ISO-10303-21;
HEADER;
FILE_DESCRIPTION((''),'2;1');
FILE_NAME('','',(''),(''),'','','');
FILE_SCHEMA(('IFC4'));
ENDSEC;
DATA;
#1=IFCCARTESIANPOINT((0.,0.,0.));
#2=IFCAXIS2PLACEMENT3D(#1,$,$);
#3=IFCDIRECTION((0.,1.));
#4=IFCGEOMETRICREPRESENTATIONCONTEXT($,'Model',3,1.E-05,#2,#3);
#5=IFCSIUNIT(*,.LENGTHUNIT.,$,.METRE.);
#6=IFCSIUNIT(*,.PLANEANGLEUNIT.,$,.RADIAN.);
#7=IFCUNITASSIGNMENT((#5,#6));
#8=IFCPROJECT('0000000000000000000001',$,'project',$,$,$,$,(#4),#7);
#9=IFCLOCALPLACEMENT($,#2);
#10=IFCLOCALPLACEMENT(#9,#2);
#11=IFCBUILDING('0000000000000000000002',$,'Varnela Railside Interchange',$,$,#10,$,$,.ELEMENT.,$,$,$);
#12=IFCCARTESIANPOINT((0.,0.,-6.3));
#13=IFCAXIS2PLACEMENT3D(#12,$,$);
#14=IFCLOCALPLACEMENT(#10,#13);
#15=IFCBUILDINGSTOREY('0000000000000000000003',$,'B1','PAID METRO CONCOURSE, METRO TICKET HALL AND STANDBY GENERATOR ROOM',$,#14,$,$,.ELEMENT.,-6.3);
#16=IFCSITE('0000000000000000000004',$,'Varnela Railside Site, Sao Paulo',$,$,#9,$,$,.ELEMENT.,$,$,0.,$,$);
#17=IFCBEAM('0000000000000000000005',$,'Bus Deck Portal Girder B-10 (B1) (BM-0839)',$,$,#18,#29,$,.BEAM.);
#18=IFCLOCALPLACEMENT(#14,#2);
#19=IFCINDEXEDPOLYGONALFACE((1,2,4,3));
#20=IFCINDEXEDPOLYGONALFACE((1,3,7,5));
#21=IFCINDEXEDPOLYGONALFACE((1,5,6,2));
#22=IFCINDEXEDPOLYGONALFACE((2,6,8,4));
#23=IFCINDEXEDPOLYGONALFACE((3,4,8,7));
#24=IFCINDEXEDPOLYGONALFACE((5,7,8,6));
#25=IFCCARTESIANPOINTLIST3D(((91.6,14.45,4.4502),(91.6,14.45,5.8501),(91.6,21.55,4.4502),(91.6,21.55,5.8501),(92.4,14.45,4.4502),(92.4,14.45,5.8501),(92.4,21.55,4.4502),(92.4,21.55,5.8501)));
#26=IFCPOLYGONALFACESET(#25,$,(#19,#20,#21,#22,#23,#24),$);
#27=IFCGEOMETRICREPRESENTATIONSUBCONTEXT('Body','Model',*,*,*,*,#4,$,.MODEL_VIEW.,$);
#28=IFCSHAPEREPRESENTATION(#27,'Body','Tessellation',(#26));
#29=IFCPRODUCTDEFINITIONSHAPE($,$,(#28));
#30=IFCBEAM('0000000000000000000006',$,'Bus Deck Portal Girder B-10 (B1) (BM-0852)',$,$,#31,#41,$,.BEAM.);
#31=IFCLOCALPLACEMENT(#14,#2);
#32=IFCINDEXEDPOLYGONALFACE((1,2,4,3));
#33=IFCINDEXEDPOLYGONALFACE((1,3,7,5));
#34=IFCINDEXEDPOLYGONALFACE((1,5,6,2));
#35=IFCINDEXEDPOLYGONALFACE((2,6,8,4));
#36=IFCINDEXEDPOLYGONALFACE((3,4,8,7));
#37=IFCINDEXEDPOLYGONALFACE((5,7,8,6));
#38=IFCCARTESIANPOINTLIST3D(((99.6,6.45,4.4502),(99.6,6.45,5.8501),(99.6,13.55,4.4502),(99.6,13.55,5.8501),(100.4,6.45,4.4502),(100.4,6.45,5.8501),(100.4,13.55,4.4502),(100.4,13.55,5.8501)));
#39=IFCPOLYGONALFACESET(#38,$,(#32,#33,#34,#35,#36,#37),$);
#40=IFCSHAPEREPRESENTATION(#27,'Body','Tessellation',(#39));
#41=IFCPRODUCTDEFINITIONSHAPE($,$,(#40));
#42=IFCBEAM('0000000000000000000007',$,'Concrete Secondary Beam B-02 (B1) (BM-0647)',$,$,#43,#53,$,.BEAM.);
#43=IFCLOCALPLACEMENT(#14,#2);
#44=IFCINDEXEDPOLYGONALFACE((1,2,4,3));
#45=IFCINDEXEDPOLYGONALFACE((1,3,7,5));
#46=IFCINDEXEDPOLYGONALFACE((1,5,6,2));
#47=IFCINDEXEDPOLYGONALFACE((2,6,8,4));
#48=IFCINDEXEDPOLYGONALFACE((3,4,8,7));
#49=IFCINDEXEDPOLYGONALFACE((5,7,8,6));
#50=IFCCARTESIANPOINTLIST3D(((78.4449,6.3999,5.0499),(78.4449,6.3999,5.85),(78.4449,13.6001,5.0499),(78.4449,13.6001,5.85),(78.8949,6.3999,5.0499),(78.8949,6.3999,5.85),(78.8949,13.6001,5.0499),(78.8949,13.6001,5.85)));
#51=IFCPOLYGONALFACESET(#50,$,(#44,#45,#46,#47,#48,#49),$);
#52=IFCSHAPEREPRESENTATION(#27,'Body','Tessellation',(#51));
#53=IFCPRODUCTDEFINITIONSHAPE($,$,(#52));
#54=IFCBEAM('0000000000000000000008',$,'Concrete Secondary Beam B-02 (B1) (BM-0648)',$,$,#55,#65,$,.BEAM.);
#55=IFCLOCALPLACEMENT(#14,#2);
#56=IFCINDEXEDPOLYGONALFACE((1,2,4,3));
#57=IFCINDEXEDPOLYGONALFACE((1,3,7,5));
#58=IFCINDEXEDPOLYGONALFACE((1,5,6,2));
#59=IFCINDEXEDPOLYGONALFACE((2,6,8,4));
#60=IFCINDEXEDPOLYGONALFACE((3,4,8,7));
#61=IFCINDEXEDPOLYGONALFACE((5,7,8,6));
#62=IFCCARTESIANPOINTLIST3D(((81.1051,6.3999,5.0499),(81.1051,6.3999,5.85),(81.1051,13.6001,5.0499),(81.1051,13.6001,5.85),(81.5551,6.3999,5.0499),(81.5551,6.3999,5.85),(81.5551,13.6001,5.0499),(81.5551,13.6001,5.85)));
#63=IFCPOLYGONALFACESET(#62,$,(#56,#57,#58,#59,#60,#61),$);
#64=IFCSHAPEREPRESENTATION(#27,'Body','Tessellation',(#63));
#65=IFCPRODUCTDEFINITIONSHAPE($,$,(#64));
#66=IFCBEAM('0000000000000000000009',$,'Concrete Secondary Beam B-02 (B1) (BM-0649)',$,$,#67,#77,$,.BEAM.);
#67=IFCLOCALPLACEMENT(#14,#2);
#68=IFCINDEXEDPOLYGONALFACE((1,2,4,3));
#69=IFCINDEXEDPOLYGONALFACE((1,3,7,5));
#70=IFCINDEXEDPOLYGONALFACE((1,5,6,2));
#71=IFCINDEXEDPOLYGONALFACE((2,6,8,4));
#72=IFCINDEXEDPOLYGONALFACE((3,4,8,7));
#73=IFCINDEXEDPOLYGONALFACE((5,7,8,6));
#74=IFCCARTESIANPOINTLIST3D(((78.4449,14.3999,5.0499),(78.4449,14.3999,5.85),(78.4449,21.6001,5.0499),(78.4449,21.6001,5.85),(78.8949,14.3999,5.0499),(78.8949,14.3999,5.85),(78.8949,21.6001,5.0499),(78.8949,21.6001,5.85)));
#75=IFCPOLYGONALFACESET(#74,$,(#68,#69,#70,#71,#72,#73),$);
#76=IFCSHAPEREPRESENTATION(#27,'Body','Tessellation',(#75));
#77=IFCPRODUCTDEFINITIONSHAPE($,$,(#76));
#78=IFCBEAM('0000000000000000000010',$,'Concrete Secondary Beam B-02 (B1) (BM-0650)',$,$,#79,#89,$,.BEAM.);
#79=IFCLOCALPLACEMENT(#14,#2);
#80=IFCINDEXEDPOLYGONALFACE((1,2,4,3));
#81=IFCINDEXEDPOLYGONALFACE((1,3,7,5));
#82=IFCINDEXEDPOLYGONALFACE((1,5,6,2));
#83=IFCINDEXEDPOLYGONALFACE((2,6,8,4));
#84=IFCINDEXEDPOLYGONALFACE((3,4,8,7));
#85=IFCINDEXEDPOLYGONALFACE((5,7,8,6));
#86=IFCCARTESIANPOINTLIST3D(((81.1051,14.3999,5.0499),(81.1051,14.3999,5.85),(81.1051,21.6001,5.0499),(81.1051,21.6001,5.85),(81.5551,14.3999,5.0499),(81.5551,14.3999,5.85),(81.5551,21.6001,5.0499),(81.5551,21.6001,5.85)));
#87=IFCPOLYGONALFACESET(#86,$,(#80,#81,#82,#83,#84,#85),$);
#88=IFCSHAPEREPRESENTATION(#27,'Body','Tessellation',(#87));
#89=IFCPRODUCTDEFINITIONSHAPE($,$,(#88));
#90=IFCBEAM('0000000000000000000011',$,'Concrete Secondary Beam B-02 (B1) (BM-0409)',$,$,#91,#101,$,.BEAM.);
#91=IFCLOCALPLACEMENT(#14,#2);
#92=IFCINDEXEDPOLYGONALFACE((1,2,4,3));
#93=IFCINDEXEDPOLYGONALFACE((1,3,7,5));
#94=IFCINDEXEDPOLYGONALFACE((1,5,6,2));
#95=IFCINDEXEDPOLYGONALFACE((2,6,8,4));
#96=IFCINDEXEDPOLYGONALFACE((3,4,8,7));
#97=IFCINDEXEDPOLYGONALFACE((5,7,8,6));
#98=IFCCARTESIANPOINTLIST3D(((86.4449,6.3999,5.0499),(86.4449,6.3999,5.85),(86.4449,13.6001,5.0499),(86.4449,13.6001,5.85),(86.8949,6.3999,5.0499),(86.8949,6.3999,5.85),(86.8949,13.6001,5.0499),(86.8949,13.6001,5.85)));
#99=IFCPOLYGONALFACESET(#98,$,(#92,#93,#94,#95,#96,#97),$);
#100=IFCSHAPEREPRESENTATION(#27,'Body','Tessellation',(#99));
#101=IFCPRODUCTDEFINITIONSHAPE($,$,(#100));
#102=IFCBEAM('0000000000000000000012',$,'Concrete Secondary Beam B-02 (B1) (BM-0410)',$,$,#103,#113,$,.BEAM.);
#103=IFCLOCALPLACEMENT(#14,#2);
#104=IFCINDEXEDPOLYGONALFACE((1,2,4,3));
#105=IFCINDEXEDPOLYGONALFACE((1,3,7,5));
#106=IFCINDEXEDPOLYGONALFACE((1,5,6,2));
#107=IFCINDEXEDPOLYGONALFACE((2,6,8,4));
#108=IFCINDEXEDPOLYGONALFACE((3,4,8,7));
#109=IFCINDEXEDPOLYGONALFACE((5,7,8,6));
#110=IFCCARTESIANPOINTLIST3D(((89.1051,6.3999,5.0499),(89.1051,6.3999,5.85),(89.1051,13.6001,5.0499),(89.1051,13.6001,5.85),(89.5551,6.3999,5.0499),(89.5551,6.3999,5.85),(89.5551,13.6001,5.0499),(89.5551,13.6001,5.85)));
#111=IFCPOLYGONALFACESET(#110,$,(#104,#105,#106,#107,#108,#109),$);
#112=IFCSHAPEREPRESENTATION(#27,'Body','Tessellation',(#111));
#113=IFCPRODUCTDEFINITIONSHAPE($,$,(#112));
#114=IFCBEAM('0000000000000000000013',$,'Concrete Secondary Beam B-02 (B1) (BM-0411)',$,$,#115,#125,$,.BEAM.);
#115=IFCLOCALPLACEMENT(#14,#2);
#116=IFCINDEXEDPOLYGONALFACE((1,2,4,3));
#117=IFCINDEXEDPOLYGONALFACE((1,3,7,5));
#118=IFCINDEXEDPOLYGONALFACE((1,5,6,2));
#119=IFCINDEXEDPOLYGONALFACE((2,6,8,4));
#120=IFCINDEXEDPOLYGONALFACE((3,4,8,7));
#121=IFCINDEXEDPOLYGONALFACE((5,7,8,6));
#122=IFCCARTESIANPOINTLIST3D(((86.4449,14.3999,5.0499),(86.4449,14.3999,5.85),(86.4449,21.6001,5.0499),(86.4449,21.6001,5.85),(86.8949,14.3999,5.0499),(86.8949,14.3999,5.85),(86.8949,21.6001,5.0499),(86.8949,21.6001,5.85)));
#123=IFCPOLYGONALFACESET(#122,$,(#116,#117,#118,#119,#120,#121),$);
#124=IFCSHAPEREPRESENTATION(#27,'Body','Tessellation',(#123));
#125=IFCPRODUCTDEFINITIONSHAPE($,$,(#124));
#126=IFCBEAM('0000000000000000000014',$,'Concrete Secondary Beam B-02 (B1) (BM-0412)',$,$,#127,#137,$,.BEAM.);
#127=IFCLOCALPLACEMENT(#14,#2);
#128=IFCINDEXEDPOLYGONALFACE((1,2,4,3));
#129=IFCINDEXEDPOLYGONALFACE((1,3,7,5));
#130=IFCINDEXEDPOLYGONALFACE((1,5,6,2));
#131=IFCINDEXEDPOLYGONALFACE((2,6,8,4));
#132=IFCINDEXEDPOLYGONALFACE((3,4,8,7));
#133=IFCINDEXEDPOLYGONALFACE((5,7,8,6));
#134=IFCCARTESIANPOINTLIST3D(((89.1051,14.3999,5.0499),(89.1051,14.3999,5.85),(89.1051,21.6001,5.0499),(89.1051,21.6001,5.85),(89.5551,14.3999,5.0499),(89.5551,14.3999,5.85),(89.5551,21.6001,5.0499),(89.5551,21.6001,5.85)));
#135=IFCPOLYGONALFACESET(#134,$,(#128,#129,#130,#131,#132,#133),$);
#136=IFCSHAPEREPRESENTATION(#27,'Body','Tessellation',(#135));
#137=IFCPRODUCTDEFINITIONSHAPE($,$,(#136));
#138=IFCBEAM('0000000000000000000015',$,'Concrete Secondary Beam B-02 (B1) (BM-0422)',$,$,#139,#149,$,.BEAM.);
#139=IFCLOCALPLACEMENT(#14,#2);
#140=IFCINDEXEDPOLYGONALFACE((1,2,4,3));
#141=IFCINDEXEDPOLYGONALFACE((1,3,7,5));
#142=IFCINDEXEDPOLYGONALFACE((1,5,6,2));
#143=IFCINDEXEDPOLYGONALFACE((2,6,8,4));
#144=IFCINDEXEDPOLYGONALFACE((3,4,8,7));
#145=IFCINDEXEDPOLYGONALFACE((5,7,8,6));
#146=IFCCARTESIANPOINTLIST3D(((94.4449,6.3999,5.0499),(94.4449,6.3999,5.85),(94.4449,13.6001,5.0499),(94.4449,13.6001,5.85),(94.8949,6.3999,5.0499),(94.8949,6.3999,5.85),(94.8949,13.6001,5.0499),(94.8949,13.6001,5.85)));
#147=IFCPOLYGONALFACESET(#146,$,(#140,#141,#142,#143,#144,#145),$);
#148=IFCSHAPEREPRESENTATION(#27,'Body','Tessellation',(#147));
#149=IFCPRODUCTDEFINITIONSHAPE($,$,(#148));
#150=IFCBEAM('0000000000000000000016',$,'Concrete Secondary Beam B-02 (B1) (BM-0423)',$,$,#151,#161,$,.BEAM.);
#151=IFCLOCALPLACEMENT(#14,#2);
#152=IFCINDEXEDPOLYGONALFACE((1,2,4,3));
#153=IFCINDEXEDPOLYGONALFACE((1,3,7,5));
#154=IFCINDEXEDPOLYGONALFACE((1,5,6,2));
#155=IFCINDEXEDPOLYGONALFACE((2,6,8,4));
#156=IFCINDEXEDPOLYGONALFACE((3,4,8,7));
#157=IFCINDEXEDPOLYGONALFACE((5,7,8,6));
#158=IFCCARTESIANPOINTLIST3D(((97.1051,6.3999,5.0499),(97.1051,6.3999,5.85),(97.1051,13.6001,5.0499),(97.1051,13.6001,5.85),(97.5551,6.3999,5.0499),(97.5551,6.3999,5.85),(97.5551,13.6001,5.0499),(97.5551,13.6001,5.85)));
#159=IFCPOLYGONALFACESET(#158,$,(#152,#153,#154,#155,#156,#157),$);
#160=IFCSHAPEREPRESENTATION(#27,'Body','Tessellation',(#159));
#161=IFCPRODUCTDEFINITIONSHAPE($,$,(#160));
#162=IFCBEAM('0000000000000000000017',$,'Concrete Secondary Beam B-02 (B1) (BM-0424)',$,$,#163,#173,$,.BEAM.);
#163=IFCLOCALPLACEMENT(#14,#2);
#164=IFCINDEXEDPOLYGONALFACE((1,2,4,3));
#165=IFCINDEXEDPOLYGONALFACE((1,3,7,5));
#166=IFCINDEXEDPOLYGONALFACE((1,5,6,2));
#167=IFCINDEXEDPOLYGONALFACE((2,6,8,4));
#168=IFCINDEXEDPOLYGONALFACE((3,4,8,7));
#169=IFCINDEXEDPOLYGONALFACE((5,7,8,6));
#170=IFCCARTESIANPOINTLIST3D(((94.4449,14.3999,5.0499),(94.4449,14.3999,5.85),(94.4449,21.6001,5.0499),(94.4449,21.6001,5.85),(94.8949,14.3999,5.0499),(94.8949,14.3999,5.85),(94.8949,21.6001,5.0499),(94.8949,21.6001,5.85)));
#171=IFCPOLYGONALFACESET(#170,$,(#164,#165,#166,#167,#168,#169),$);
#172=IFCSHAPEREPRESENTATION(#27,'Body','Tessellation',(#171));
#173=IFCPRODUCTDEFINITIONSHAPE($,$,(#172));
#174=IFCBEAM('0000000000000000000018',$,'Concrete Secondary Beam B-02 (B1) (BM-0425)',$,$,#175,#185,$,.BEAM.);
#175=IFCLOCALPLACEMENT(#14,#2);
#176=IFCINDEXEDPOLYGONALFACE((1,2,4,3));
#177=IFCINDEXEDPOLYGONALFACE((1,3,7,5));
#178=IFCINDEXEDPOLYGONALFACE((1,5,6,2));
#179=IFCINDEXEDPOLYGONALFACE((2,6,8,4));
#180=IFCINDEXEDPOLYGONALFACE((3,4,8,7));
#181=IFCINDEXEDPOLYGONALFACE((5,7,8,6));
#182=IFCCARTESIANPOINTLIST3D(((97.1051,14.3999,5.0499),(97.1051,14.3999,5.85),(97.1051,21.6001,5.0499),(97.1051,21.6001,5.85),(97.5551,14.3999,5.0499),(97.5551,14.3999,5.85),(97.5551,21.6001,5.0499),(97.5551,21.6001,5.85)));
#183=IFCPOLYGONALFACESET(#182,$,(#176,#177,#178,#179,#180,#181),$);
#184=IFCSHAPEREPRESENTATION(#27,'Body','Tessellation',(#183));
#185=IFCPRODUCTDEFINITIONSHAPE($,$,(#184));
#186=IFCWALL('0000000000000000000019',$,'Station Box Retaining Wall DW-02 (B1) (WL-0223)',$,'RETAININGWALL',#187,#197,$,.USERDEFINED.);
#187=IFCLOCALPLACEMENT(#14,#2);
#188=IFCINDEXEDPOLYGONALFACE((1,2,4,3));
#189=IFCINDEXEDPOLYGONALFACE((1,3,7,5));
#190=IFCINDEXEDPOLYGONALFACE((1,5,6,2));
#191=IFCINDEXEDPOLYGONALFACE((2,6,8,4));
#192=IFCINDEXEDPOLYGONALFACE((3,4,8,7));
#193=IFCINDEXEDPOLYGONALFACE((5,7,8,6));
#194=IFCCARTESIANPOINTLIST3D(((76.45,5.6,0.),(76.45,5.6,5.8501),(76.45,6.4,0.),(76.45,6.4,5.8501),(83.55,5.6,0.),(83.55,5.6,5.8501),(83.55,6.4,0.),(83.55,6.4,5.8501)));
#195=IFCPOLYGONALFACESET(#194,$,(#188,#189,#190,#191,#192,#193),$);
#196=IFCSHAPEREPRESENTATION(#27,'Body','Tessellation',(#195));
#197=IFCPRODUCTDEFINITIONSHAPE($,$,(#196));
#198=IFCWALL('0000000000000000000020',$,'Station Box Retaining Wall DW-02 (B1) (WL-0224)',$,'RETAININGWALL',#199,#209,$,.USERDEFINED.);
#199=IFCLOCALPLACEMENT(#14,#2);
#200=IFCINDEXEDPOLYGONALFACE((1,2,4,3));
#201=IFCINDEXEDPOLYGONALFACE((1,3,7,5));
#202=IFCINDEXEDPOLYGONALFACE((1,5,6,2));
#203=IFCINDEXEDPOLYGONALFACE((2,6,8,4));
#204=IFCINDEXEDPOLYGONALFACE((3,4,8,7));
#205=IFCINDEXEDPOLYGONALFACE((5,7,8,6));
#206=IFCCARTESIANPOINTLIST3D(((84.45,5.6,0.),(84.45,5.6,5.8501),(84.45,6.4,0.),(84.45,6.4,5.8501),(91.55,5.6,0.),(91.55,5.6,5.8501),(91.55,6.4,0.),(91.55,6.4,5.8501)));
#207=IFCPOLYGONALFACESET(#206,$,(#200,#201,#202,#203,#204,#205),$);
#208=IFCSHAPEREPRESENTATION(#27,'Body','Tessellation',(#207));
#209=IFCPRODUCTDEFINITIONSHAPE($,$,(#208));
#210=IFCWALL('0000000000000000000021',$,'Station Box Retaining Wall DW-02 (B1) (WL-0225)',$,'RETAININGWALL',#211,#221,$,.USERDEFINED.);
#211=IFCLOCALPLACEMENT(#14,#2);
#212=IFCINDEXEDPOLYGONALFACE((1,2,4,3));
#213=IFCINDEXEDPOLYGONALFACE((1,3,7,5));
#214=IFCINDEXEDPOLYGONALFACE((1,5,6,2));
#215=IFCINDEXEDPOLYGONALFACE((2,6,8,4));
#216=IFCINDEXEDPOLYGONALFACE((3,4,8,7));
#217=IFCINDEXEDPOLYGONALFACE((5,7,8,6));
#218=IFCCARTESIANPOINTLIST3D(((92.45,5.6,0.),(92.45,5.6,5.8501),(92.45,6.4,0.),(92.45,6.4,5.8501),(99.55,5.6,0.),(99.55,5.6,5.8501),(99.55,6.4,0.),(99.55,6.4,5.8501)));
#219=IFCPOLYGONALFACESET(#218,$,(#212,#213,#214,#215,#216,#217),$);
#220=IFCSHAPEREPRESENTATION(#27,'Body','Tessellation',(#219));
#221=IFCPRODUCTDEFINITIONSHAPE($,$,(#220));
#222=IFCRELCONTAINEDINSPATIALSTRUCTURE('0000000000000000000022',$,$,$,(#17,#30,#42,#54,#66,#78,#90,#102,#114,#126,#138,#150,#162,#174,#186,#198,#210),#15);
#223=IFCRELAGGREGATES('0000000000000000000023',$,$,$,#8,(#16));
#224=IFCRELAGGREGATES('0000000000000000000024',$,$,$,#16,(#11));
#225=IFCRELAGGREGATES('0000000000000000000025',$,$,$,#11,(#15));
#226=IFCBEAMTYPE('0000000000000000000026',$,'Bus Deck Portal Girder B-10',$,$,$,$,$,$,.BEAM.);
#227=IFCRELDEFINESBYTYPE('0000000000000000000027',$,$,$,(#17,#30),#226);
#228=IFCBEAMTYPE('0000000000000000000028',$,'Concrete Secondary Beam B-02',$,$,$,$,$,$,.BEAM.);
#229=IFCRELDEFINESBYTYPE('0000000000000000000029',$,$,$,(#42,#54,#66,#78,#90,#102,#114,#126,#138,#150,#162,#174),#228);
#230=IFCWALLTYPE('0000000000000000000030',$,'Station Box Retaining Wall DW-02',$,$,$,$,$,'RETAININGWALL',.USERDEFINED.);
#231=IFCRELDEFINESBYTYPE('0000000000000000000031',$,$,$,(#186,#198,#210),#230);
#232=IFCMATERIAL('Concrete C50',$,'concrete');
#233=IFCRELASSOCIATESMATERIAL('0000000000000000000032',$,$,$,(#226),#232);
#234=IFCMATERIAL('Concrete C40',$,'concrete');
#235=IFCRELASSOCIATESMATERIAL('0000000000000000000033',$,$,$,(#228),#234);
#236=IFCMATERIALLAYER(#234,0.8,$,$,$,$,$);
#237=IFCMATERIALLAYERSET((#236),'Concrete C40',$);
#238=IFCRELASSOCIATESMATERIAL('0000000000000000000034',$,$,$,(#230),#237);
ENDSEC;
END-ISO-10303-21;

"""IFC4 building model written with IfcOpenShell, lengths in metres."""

from ifc_helpers import new_model, si_unit, direction, frame, frame_2d, origin, origin_2d, place, context, subcontext, project, spatial, rectangle, extrude, material, layer, layer_set, material_profile, profile_set, type_object, element, save


model = new_model("IFC4")

# Units and contexts
model_context = context("Model", 3, precision=1e-05, world=origin(), true_north=direction((0.0, 1.0)))
body_context = subcontext(model_context, "Body", "Model", "MODEL_VIEW")
ifc_project = project(units=[si_unit("LENGTHUNIT", "METRE"), si_unit("PLANEANGLEUNIT", "RADIAN")], contexts=[model_context])

# Site, building, storey
site_placement = place(None, origin())
site = spatial("IfcSite", under=ifc_project, at=site_placement, Name="Varnela Railside Site, Sao Paulo", CompositionType="ELEMENT", RefElevation=0.0)
building_placement = place(site_placement, origin())
building = spatial("IfcBuilding", under=site, at=building_placement, Name="Varnela Railside Interchange", CompositionType="ELEMENT")
storey_placement = place(building_placement, frame((0.0, 0.0, -6.3)))
storey = spatial("IfcBuildingStorey", under=building, at=storey_placement, Name="B1", Description="PAID METRO CONCOURSE, METRO TICKET HALL AND STANDBY GENERATOR ROOM", CompositionType="ELEMENT", Elevation=-6.3)

# Shared definitions
ifc_material_1 = material(Name="Concrete C50", Category="concrete")

# Beams
ifc_material_profile_1 = material_profile(ifc_material_1, rectangle(XDim=0.8, YDim=1.3999, at=origin_2d()), Name="RC 800x1400")
ifc_profile_set_1 = profile_set([ifc_material_profile_1], Name="Concrete C50")
beam_type_1 = type_object("IfcBeamType", Name="Bus Deck Portal Girder B-10", PredefinedType="BEAM", material=ifc_profile_set_1)
for number, where, z_axis, x_axis, name in (
    (1, (92.0, 14.45, 5.1501), (0.0, 1.0, 0.0), (-1.0, 0.0, 0.0), "Bus Deck Portal Girder B-10 (B1) (BM-0839)"),
    (2, (100.0, 6.45, 5.1501), (0.0, 1.0, 0.0), (-1.0, 0.0, 0.0), "Bus Deck Portal Girder B-10 (B1) (BM-0852)"),
):
    element("IfcBeam", number, at=place(storey_placement, frame(where, z_axis=z_axis, x_axis=x_axis)), inside=storey, type_object=beam_type_1, Name=name, PredefinedType="BEAM", context=body_context, shape_type="SweptSolid", body=[
        extrude(rectangle(XDim=0.8, YDim=1.3999, at=origin_2d()), origin(), (0.0, 0.0, 1.0), 7.1001),
    ])
ifc_material_2 = material(Name="Concrete C40", Category="concrete")
ifc_material_profile_2 = material_profile(ifc_material_2, rectangle(XDim=0.45, YDim=0.8, at=origin_2d()), Name="RC 450x800")
ifc_profile_set_2 = profile_set([ifc_material_profile_2], Name="Concrete C40")
beam_type_2 = type_object("IfcBeamType", Name="Concrete Secondary Beam B-02", PredefinedType="BEAM", material=ifc_profile_set_2)
for number, where, z_axis, x_axis, name in (
    (3, (78.6699, 6.3999, 5.45), (0.0, 1.0, 0.0), (-1.0, 0.0, 0.0), "Concrete Secondary Beam B-02 (B1) (BM-0647)"),
    (4, (81.3301, 6.3999, 5.45), (0.0, 1.0, 0.0), (-1.0, 0.0, 0.0), "Concrete Secondary Beam B-02 (B1) (BM-0648)"),
    (5, (78.6699, 14.3999, 5.45), (0.0, 1.0, 0.0), (-1.0, 0.0, 0.0), "Concrete Secondary Beam B-02 (B1) (BM-0649)"),
    (6, (81.3301, 14.3999, 5.45), (0.0, 1.0, 0.0), (-1.0, 0.0, 0.0), "Concrete Secondary Beam B-02 (B1) (BM-0650)"),
    (7, (86.6699, 6.3999, 5.45), (0.0, 1.0, 0.0), (-1.0, 0.0, 0.0), "Concrete Secondary Beam B-02 (B1) (BM-0409)"),
    (8, (89.3301, 6.3999, 5.45), (0.0, 1.0, 0.0), (-1.0, 0.0, 0.0), "Concrete Secondary Beam B-02 (B1) (BM-0410)"),
    (9, (86.6699, 14.3999, 5.45), (0.0, 1.0, 0.0), (-1.0, 0.0, 0.0), "Concrete Secondary Beam B-02 (B1) (BM-0411)"),
    (10, (89.3301, 14.3999, 5.45), (0.0, 1.0, 0.0), (-1.0, 0.0, 0.0), "Concrete Secondary Beam B-02 (B1) (BM-0412)"),
    (11, (94.6699, 6.3999, 5.45), (0.0, 1.0, 0.0), (-1.0, 0.0, 0.0), "Concrete Secondary Beam B-02 (B1) (BM-0422)"),
    (12, (97.3301, 6.3999, 5.45), (0.0, 1.0, 0.0), (-1.0, 0.0, 0.0), "Concrete Secondary Beam B-02 (B1) (BM-0423)"),
    (13, (94.6699, 14.3999, 5.45), (0.0, 1.0, 0.0), (-1.0, 0.0, 0.0), "Concrete Secondary Beam B-02 (B1) (BM-0424)"),
    (14, (97.3301, 14.3999, 5.45), (0.0, 1.0, 0.0), (-1.0, 0.0, 0.0), "Concrete Secondary Beam B-02 (B1) (BM-0425)"),
):
    element("IfcBeam", number, at=place(storey_placement, frame(where, z_axis=z_axis, x_axis=x_axis)), inside=storey, type_object=beam_type_2, Name=name, PredefinedType="BEAM", context=body_context, shape_type="SweptSolid", body=[
        extrude(rectangle(XDim=0.45, YDim=0.8, at=origin_2d()), origin(), (0.0, 0.0, 1.0), 7.2002),
    ])

# Walls
ifc_layer = layer(ifc_material_2, 0.8)
ifc_layer_set = layer_set([ifc_layer], Name="Concrete C40")
wall_type = type_object("IfcWallType", Name="Station Box Retaining Wall DW-02", ElementType="RETAININGWALL", PredefinedType="USERDEFINED", material=ifc_layer_set)
for number, where, z_axis, x_axis, name in (
    (15, (76.45, 6.0, 0.0), (0.0, 0.0, 1.0), (1.0, 0.0, 0.0), "Station Box Retaining Wall DW-02 (B1) (WL-0223)"),
    (16, (84.45, 6.0, 0.0), (0.0, 0.0, 1.0), (1.0, 0.0, 0.0), "Station Box Retaining Wall DW-02 (B1) (WL-0224)"),
    (17, (92.45, 6.0, 0.0), (0.0, 0.0, 1.0), (1.0, 0.0, 0.0), "Station Box Retaining Wall DW-02 (B1) (WL-0225)"),
):
    element("IfcWall", number, at=place(storey_placement, frame(where, z_axis=z_axis, x_axis=x_axis)), inside=storey, type_object=wall_type, Name=name, ObjectType="RETAININGWALL", PredefinedType="USERDEFINED", context=body_context, shape_type="SweptSolid", body=[
        extrude(rectangle(XDim=7.1001, YDim=0.8, at=frame_2d((3.55, 0.0))), origin(), (0.0, 0.0, 1.0), 5.8501),
    ])

save(model, "model.ifc")
